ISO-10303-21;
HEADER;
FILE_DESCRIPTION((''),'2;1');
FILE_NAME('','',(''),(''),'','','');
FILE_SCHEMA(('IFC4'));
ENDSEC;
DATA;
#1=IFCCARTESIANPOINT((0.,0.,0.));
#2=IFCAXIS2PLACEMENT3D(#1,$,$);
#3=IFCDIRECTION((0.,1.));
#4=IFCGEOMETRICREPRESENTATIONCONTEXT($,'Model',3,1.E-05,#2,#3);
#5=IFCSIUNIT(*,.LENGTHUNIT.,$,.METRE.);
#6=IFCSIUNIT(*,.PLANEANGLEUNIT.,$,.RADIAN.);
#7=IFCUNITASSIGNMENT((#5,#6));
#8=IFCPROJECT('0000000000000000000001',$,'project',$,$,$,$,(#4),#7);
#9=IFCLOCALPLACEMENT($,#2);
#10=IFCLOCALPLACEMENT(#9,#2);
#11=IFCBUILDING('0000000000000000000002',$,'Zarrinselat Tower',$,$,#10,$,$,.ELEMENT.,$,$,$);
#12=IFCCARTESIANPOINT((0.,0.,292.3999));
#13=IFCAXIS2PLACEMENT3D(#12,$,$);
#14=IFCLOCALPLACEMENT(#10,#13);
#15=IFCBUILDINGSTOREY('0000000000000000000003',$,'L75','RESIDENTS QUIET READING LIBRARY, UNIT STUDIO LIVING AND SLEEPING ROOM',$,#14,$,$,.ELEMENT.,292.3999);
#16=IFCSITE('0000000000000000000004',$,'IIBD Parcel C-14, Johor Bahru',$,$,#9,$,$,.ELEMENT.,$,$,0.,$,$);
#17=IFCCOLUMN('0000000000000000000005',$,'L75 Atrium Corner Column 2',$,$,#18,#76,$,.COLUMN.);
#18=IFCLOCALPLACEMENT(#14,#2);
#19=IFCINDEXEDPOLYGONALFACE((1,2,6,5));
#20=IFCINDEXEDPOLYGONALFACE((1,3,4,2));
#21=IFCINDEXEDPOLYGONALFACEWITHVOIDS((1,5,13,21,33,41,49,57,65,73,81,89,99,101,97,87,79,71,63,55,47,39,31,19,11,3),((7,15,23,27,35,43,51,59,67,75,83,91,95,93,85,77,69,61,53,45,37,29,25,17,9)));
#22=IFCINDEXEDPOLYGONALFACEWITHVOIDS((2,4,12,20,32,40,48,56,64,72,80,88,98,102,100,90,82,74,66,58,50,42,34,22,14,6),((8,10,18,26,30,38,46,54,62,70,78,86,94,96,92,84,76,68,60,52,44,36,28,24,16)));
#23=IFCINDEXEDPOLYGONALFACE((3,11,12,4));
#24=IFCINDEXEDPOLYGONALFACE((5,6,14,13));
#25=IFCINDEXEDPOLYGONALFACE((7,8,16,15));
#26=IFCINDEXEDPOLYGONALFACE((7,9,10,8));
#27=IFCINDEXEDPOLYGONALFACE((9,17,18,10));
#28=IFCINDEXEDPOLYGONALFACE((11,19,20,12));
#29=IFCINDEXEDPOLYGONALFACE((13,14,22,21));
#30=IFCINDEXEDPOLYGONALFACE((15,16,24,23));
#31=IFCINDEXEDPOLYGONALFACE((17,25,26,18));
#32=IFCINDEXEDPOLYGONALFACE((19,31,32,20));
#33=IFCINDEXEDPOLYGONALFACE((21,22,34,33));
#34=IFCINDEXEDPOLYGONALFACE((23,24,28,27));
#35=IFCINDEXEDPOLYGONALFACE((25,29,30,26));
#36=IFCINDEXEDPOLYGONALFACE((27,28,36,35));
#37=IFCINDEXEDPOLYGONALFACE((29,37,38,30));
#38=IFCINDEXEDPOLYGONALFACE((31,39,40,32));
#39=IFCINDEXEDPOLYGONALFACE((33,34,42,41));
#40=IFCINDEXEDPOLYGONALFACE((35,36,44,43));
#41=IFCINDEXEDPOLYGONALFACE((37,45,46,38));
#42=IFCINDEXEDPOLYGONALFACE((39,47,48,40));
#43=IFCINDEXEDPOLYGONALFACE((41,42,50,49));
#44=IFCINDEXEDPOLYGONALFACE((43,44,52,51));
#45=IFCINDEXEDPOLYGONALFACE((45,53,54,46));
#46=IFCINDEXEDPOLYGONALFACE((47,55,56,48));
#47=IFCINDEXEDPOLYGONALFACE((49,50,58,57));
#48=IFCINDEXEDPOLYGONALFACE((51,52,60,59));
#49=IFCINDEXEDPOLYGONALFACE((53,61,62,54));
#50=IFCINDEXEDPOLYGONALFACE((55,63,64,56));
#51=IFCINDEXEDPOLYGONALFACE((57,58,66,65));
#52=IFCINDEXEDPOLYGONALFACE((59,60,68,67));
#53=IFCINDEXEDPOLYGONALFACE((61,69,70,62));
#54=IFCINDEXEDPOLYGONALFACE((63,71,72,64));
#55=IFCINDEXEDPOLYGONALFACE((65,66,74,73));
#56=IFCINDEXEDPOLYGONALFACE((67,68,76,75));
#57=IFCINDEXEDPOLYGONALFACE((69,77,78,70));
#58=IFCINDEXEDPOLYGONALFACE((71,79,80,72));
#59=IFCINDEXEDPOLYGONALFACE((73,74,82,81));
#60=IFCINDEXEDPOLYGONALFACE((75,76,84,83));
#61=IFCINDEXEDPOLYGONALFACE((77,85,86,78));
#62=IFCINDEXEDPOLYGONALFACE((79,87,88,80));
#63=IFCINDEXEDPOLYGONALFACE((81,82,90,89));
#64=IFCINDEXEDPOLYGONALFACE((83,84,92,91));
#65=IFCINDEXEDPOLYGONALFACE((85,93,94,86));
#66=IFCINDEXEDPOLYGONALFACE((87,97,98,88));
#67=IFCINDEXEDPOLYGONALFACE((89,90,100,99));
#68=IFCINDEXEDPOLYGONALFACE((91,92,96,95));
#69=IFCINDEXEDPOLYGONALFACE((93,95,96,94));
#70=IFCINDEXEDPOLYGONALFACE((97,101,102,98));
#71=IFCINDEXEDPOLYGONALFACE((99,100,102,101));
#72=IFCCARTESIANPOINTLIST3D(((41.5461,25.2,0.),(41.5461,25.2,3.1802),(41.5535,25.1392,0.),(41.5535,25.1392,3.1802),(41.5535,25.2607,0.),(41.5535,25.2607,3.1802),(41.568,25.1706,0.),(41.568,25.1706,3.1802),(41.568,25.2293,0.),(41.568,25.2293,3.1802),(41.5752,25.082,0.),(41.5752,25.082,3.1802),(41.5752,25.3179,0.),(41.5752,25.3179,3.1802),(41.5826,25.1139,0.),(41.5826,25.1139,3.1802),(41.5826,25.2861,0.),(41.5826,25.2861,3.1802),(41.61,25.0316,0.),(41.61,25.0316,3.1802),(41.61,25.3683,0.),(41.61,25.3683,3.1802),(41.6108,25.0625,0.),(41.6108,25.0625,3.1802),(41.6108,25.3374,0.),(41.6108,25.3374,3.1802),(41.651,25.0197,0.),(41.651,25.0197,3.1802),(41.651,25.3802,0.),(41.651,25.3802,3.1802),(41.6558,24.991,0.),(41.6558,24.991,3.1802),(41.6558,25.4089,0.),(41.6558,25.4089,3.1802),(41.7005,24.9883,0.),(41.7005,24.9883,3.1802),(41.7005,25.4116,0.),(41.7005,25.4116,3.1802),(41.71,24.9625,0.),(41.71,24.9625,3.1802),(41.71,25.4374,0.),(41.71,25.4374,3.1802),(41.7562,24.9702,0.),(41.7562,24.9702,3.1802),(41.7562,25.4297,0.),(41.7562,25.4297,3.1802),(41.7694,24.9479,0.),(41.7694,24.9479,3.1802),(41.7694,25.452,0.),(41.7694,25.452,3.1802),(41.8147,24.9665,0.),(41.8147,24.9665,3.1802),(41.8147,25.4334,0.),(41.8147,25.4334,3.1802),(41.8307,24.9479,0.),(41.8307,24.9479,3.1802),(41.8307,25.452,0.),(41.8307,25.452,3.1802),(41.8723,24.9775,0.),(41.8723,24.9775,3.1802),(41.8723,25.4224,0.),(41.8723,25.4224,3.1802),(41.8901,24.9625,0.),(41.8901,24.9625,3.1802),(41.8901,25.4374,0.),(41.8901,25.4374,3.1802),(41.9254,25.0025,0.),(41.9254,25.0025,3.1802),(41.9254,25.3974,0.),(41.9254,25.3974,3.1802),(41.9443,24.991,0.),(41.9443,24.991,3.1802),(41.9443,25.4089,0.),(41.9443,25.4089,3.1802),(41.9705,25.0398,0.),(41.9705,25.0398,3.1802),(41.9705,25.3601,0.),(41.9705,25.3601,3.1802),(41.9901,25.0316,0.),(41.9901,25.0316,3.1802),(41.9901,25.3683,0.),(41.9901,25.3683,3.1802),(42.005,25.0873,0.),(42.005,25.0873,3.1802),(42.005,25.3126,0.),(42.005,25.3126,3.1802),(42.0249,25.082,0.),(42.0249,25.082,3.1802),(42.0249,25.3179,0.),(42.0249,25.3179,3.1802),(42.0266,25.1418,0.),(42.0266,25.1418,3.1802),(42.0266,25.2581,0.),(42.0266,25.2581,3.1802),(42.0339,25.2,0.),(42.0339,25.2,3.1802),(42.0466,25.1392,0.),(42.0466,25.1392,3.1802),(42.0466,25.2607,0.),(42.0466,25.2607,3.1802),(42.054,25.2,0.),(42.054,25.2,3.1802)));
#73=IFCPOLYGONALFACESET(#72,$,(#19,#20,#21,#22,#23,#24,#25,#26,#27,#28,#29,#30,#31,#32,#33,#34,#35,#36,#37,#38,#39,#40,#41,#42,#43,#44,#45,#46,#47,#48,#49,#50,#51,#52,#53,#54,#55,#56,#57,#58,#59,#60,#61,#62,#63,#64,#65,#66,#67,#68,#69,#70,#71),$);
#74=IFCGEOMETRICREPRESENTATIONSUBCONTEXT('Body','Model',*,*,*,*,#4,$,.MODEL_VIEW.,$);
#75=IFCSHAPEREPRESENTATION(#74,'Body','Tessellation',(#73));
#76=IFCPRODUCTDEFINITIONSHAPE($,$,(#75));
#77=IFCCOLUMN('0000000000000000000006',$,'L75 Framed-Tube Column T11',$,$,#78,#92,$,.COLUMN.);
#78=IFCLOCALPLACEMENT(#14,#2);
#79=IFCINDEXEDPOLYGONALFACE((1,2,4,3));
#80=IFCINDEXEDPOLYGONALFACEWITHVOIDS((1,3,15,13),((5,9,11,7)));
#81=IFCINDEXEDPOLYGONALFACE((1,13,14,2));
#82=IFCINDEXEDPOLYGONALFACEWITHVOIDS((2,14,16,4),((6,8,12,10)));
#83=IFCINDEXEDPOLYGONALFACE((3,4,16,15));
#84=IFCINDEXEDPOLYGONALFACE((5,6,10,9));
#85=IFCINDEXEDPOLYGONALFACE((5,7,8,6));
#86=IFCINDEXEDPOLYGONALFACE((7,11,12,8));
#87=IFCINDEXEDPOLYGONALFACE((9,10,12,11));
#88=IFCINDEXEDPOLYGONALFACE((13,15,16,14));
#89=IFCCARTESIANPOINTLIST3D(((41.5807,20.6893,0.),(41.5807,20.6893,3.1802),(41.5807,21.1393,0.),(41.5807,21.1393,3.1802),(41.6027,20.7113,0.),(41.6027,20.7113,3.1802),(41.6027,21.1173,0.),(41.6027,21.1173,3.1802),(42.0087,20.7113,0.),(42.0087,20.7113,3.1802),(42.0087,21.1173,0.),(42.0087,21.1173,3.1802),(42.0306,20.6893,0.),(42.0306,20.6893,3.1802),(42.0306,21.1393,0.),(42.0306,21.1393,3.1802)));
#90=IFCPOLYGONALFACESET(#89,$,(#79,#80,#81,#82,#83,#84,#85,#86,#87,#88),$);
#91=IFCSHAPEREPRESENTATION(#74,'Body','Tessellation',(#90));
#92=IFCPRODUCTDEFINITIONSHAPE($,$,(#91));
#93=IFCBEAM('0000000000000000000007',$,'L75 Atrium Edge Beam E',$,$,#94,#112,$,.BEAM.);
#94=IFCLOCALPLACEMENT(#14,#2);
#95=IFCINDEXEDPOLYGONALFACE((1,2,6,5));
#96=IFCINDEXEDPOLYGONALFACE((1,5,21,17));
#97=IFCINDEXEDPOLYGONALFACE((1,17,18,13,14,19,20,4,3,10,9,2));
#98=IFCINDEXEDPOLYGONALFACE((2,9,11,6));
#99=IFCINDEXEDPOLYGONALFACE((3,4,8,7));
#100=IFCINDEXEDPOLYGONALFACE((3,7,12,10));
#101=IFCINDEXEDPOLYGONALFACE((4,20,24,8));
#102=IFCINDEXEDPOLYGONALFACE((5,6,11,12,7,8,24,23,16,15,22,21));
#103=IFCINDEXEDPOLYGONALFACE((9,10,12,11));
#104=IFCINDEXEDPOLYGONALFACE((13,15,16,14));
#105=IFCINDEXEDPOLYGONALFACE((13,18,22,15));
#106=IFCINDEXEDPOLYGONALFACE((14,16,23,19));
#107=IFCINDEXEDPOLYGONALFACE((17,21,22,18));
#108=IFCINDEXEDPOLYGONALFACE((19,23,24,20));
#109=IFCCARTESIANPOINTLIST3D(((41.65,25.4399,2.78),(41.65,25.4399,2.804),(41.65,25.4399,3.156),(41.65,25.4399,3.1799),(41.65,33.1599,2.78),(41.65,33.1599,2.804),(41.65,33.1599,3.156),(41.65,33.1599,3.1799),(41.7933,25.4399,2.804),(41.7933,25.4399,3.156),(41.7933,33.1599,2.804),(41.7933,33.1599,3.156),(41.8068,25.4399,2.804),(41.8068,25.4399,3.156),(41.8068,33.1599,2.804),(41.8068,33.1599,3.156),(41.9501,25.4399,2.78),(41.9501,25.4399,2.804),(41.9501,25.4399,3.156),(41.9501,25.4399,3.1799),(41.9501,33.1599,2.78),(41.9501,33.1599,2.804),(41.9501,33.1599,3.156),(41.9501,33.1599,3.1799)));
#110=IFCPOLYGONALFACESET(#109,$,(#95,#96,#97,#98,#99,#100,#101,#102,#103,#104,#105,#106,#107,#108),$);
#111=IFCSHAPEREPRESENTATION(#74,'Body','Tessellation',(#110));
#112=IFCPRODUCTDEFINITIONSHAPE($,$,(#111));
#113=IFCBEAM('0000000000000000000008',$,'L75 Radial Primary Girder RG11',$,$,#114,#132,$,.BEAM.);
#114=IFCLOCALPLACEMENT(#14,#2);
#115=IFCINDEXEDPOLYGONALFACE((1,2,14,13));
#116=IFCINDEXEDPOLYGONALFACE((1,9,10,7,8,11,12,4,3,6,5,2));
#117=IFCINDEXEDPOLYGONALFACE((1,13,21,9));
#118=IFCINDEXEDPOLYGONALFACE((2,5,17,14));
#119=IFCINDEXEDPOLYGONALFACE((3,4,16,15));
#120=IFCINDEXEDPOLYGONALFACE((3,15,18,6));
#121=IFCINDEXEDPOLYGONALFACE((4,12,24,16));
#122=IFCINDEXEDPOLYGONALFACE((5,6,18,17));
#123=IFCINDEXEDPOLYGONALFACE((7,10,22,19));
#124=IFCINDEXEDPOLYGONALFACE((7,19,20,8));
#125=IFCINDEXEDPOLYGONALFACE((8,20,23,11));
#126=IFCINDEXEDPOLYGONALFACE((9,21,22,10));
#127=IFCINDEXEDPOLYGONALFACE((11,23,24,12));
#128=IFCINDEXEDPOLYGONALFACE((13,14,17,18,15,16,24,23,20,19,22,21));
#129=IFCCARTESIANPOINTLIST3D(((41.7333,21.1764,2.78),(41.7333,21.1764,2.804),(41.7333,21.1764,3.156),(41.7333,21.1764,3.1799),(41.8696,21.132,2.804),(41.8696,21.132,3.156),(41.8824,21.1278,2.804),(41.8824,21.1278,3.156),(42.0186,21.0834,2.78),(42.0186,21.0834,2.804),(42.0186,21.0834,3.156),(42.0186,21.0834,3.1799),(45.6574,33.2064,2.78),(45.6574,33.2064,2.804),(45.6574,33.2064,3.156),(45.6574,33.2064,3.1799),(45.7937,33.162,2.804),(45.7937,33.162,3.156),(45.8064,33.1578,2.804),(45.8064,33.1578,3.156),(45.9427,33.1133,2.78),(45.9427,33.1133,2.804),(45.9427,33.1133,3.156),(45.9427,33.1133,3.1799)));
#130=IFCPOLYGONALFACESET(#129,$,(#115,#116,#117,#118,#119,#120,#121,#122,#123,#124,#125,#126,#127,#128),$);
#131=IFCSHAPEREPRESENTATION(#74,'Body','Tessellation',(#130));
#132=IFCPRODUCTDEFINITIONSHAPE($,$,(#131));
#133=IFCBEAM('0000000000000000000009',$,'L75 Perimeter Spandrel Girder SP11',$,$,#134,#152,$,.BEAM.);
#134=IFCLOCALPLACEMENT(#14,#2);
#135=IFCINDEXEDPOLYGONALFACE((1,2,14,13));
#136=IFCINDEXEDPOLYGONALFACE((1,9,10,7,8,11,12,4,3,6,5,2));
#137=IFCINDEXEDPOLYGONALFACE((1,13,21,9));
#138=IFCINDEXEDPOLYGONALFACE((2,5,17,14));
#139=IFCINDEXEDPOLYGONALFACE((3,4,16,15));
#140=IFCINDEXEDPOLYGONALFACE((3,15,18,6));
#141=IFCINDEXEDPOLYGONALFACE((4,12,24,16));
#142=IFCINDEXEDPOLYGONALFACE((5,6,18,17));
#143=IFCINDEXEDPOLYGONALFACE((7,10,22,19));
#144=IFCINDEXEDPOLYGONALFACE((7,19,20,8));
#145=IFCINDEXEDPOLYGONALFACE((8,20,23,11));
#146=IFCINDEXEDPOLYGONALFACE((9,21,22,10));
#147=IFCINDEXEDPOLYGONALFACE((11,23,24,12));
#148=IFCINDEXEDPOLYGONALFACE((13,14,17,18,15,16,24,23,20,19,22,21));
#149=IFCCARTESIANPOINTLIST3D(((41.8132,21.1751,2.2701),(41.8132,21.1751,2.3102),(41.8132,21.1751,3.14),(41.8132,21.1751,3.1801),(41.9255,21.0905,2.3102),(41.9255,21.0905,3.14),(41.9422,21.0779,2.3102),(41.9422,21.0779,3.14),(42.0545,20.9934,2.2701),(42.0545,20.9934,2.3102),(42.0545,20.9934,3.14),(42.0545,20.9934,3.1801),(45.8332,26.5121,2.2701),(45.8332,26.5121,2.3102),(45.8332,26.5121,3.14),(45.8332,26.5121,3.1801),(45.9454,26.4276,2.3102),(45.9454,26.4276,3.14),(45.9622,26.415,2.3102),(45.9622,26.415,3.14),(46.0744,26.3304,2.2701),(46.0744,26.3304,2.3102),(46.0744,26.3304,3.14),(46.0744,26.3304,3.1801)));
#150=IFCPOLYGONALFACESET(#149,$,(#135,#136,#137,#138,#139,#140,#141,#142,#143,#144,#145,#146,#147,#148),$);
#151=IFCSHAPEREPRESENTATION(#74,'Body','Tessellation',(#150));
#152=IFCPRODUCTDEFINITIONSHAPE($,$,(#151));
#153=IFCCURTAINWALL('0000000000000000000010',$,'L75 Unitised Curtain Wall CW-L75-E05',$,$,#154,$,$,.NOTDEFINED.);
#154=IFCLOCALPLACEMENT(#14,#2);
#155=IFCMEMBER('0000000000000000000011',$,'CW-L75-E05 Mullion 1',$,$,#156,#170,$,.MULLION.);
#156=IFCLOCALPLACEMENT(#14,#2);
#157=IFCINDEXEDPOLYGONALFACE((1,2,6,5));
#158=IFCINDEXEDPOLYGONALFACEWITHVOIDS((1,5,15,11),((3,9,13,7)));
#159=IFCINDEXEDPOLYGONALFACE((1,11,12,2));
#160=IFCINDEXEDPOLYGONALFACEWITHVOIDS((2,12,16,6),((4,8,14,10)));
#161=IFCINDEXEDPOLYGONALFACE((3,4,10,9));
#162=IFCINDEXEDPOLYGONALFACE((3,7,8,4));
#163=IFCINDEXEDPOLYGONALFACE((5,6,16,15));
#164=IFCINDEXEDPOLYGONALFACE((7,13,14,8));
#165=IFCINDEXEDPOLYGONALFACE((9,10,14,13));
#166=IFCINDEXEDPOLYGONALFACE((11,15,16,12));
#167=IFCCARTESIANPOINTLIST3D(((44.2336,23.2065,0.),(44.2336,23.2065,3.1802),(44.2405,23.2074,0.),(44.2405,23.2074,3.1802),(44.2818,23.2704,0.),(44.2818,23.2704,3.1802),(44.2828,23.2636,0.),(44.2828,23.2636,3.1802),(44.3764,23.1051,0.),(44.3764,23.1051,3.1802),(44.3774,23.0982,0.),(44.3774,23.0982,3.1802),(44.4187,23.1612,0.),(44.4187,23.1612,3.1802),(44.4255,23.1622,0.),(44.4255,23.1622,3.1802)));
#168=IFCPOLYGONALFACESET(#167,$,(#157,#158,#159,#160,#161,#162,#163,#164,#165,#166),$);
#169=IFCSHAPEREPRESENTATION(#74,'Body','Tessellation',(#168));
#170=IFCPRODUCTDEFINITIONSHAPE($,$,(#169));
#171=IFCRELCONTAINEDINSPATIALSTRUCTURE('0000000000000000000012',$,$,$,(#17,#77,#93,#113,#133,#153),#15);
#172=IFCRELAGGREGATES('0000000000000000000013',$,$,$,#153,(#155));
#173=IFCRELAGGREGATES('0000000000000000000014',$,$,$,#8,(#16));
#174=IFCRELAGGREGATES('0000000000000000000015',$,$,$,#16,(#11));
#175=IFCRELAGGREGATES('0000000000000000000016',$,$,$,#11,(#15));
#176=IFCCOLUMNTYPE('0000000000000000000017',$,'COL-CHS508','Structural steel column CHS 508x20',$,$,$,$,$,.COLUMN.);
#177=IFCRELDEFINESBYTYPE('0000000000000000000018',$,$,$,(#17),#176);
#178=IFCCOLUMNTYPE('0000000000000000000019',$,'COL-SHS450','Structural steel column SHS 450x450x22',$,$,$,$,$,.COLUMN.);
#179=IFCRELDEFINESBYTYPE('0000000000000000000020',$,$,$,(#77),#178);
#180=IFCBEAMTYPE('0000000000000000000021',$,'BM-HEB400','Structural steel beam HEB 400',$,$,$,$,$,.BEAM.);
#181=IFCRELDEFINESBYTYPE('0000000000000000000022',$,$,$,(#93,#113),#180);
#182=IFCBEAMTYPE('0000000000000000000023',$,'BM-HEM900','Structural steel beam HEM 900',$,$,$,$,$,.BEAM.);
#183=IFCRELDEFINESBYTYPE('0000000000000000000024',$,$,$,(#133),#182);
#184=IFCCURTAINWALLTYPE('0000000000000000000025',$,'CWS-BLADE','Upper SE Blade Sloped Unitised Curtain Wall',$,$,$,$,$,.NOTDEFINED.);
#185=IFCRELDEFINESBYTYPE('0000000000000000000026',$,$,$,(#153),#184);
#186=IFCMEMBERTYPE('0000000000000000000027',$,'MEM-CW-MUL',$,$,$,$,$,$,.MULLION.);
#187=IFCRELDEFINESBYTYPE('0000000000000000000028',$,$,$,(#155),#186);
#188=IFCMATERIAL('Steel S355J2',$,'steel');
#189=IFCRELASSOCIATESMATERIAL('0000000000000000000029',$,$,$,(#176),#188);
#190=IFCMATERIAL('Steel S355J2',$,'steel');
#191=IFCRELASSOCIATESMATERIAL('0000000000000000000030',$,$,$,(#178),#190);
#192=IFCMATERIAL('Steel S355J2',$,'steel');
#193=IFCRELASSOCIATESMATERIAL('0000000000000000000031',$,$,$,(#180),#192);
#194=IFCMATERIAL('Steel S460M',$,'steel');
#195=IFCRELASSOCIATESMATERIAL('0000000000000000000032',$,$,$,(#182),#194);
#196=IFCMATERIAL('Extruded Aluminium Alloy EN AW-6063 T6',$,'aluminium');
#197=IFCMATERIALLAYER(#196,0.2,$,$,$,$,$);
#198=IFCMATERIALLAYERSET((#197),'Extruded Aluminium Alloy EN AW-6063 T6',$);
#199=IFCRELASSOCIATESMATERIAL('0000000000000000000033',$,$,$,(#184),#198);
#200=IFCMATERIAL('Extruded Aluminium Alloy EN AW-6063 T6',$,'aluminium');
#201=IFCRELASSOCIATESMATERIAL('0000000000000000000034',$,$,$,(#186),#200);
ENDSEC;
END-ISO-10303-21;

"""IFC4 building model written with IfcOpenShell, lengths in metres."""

from ifc_helpers import new_model, si_unit, direction, frame, origin, origin_2d, place, context, subcontext, project, spatial, hollow_rectangle, hollow_circle, i_section, extrude, material, layer, layer_set, material_profile, profile_set, type_object, element, aggregate, save


model = new_model("IFC4")

# Units and contexts
model_context = context("Model", 3, precision=1e-05, world=origin(), true_north=direction((0.0, 1.0)))
body_context = subcontext(model_context, "Body", "Model", "MODEL_VIEW")
ifc_project = project(units=[si_unit("LENGTHUNIT", "METRE"), si_unit("PLANEANGLEUNIT", "RADIAN")], contexts=[model_context])

# Site, building, storey
site_placement = place(None, origin())
site = spatial("IfcSite", under=ifc_project, at=site_placement, Name="IIBD Parcel C-14, Johor Bahru", CompositionType="ELEMENT", RefElevation=0.0)
building_placement = place(site_placement, origin())
building = spatial("IfcBuilding", under=site, at=building_placement, Name="Zarrinselat Tower", CompositionType="ELEMENT")
storey_placement = place(building_placement, frame((0.0, 0.0, 292.3999)))
storey = spatial("IfcBuildingStorey", under=building, at=storey_placement, Name="L75", Description="RESIDENTS QUIET READING LIBRARY, UNIT STUDIO LIVING AND SLEEPING ROOM", CompositionType="ELEMENT", Elevation=292.3999)

# Columns
ifc_material_1 = material(Name="Steel S355J2", Category="steel")
ifc_material_profile_1 = material_profile(ifc_material_1, hollow_circle(Radius=0.2539, WallThickness=0.02, at=origin_2d()), Name="CHS 508x20")
ifc_profile_set_1 = profile_set([ifc_material_profile_1], Name="Steel S355J2")
column_type_1 = type_object("IfcColumnType", Name="COL-CHS508", Description="Structural steel column CHS 508x20", PredefinedType="COLUMN", material=ifc_profile_set_1)
column_1_placement = place(storey_placement, frame((41.8, 25.2, 0.0), z_axis=(0.0, 0.0, 1.0), x_axis=(1.0, 0.0, 0.0)))
element("IfcColumn", 1, at=column_1_placement, inside=storey, type_object=column_type_1, Name="L75 Atrium Corner Column 2", PredefinedType="COLUMN", context=body_context, shape_type="SweptSolid", body=[
    extrude(hollow_circle(Radius=0.2539, WallThickness=0.02, at=origin_2d()), origin(), (0.0, 0.0, 1.0), 3.1802),
])
ifc_material_2 = material(Name="Steel S355J2", Category="steel")
ifc_material_profile_2 = material_profile(ifc_material_2, hollow_rectangle(XDim=0.45, YDim=0.45, WallThickness=0.022, at=origin_2d()), Name="SHS 450x450x22")
ifc_profile_set_2 = profile_set([ifc_material_profile_2], Name="Steel S355J2")
column_type_2 = type_object("IfcColumnType", Name="COL-SHS450", Description="Structural steel column SHS 450x450x22", PredefinedType="COLUMN", material=ifc_profile_set_2)
column_2_placement = place(storey_placement, frame((41.8057, 20.9143, 0.0), z_axis=(0.0, 0.0, 1.0), x_axis=(1.0, 0.0, 0.0)))
element("IfcColumn", 2, at=column_2_placement, inside=storey, type_object=column_type_2, Name="L75 Framed-Tube Column T11", PredefinedType="COLUMN", context=body_context, shape_type="SweptSolid", body=[
    extrude(hollow_rectangle(XDim=0.45, YDim=0.45, WallThickness=0.022, at=origin_2d()), origin(), (0.0, 0.0, 1.0), 3.1802),
])

# Beams
ifc_material_3 = material(Name="Steel S355J2", Category="steel")
ifc_material_profile_3 = material_profile(ifc_material_3, i_section(OverallWidth=0.3, OverallDepth=0.3999, WebThickness=0.0134, FlangeThickness=0.0239, at=origin_2d()), Name="HEB 400")
ifc_profile_set_3 = profile_set([ifc_material_profile_3], Name="Steel S355J2")
beam_type_1 = type_object("IfcBeamType", Name="BM-HEB400", Description="Structural steel beam HEB 400", PredefinedType="BEAM", material=ifc_profile_set_3)
beam_1_placement = place(storey_placement, frame((41.8, 25.4399, 2.98), z_axis=(0.0, 1.0, 0.0), x_axis=(-1.0, 0.0, 0.0)))
element("IfcBeam", 3, at=beam_1_placement, inside=storey, type_object=beam_type_1, Name="L75 Atrium Edge Beam E", PredefinedType="BEAM", context=body_context, shape_type="SweptSolid", body=[
    extrude(i_section(OverallWidth=0.3, OverallDepth=0.3999, WebThickness=0.0134, FlangeThickness=0.0239, at=origin_2d()), origin(), (0.0, 0.0, 1.0), 7.72),
])
beam_2_placement = place(storey_placement, frame((41.876, 21.1299, 2.98), z_axis=(0.310109, 0.950701, 0.0), x_axis=(-0.950701, 0.310109, 0.0)))
element("IfcBeam", 4, at=beam_2_placement, inside=storey, type_object=beam_type_1, Name="L75 Radial Primary Girder RG11", PredefinedType="BEAM", context=body_context, shape_type="SweptSolid", body=[
    extrude(i_section(OverallWidth=0.3, OverallDepth=0.3999, WebThickness=0.0134, FlangeThickness=0.0239, at=origin_2d()), origin(), (0.0, 0.0, 1.0), 12.6538),
])
ifc_material_4 = material(Name="Steel S460M", Category="steel")
ifc_material_profile_4 = material_profile(ifc_material_4, i_section(OverallWidth=0.302, OverallDepth=0.9099, WebThickness=0.021, FlangeThickness=0.04, at=origin_2d()), Name="HEM 900")
ifc_profile_set_4 = profile_set([ifc_material_profile_4], Name="Steel S460M")
beam_type_2 = type_object("IfcBeamType", Name="BM-HEM900", Description="Structural steel beam HEM 900", PredefinedType="BEAM", material=ifc_profile_set_4)
beam_3_placement = place(storey_placement, frame((41.9338, 21.0842, 2.7251), z_axis=(0.601642, 0.798766, 0.0), x_axis=(-0.798766, 0.601642, 0.0)))
element("IfcBeam", 5, at=beam_3_placement, inside=storey, type_object=beam_type_2, Name="L75 Perimeter Spandrel Girder SP11", PredefinedType="BEAM", context=body_context, shape_type="SweptSolid", body=[
    extrude(i_section(OverallWidth=0.302, OverallDepth=0.9099, WebThickness=0.021, FlangeThickness=0.04, at=origin_2d()), origin(), (0.0, 0.0, 1.0), 6.6816),
])

# Curtain wall, member
ifc_material_5 = material(Name="Extruded Aluminium Alloy EN AW-6063 T6", Category="aluminium")
ifc_layer_1 = layer(ifc_material_5, 0.2)
ifc_layer_set_1 = layer_set([ifc_layer_1], Name="Extruded Aluminium Alloy EN AW-6063 T6")
curtain_wall_type_1 = type_object("IfcCurtainWallType", Name="CWS-BLADE", Description="Upper SE Blade Sloped Unitised Curtain Wall", PredefinedType="NOTDEFINED", material=ifc_layer_set_1)
curtain_wall_1_placement = place(storey_placement, origin())
curtain_wall_1 = element("IfcCurtainWall", 6, at=curtain_wall_1_placement, inside=storey, type_object=curtain_wall_type_1, Name="L75 Unitised Curtain Wall CW-L75-E05", PredefinedType="NOTDEFINED")
ifc_material_6 = material(Name="Extruded Aluminium Alloy EN AW-6063 T6", Category="aluminium")
ifc_material_profile_5 = material_profile(ifc_material_6, hollow_rectangle(XDim=0.0801, YDim=0.1799, WallThickness=0.0049, at=origin_2d()), Name="RHS 180x80x5")
ifc_profile_set_5 = profile_set([ifc_material_profile_5], Name="Extruded Aluminium Alloy EN AW-6063 T6")
member_type_1 = type_object("IfcMemberType", Name="MEM-CW-MUL", PredefinedType="MULLION", material=ifc_profile_set_5)
member_1_placement = place(storey_placement, frame((44.3296, 23.1843, 0.0), z_axis=(0.0, 0.0, 1.0), x_axis=(0.601673, 0.798743, 0.0)))
member_1 = element("IfcMember", 7, at=member_1_placement, type_object=member_type_1, Name="CW-L75-E05 Mullion 1", PredefinedType="MULLION", context=body_context, shape_type="SweptSolid", body=[
    extrude(hollow_rectangle(XDim=0.0801, YDim=0.1799, WallThickness=0.0049, at=origin_2d()), origin(), (0.0, 0.0, 1.0), 3.1802),
])

aggregate(curtain_wall_1, [member_1])

save(model, "model.ifc")
